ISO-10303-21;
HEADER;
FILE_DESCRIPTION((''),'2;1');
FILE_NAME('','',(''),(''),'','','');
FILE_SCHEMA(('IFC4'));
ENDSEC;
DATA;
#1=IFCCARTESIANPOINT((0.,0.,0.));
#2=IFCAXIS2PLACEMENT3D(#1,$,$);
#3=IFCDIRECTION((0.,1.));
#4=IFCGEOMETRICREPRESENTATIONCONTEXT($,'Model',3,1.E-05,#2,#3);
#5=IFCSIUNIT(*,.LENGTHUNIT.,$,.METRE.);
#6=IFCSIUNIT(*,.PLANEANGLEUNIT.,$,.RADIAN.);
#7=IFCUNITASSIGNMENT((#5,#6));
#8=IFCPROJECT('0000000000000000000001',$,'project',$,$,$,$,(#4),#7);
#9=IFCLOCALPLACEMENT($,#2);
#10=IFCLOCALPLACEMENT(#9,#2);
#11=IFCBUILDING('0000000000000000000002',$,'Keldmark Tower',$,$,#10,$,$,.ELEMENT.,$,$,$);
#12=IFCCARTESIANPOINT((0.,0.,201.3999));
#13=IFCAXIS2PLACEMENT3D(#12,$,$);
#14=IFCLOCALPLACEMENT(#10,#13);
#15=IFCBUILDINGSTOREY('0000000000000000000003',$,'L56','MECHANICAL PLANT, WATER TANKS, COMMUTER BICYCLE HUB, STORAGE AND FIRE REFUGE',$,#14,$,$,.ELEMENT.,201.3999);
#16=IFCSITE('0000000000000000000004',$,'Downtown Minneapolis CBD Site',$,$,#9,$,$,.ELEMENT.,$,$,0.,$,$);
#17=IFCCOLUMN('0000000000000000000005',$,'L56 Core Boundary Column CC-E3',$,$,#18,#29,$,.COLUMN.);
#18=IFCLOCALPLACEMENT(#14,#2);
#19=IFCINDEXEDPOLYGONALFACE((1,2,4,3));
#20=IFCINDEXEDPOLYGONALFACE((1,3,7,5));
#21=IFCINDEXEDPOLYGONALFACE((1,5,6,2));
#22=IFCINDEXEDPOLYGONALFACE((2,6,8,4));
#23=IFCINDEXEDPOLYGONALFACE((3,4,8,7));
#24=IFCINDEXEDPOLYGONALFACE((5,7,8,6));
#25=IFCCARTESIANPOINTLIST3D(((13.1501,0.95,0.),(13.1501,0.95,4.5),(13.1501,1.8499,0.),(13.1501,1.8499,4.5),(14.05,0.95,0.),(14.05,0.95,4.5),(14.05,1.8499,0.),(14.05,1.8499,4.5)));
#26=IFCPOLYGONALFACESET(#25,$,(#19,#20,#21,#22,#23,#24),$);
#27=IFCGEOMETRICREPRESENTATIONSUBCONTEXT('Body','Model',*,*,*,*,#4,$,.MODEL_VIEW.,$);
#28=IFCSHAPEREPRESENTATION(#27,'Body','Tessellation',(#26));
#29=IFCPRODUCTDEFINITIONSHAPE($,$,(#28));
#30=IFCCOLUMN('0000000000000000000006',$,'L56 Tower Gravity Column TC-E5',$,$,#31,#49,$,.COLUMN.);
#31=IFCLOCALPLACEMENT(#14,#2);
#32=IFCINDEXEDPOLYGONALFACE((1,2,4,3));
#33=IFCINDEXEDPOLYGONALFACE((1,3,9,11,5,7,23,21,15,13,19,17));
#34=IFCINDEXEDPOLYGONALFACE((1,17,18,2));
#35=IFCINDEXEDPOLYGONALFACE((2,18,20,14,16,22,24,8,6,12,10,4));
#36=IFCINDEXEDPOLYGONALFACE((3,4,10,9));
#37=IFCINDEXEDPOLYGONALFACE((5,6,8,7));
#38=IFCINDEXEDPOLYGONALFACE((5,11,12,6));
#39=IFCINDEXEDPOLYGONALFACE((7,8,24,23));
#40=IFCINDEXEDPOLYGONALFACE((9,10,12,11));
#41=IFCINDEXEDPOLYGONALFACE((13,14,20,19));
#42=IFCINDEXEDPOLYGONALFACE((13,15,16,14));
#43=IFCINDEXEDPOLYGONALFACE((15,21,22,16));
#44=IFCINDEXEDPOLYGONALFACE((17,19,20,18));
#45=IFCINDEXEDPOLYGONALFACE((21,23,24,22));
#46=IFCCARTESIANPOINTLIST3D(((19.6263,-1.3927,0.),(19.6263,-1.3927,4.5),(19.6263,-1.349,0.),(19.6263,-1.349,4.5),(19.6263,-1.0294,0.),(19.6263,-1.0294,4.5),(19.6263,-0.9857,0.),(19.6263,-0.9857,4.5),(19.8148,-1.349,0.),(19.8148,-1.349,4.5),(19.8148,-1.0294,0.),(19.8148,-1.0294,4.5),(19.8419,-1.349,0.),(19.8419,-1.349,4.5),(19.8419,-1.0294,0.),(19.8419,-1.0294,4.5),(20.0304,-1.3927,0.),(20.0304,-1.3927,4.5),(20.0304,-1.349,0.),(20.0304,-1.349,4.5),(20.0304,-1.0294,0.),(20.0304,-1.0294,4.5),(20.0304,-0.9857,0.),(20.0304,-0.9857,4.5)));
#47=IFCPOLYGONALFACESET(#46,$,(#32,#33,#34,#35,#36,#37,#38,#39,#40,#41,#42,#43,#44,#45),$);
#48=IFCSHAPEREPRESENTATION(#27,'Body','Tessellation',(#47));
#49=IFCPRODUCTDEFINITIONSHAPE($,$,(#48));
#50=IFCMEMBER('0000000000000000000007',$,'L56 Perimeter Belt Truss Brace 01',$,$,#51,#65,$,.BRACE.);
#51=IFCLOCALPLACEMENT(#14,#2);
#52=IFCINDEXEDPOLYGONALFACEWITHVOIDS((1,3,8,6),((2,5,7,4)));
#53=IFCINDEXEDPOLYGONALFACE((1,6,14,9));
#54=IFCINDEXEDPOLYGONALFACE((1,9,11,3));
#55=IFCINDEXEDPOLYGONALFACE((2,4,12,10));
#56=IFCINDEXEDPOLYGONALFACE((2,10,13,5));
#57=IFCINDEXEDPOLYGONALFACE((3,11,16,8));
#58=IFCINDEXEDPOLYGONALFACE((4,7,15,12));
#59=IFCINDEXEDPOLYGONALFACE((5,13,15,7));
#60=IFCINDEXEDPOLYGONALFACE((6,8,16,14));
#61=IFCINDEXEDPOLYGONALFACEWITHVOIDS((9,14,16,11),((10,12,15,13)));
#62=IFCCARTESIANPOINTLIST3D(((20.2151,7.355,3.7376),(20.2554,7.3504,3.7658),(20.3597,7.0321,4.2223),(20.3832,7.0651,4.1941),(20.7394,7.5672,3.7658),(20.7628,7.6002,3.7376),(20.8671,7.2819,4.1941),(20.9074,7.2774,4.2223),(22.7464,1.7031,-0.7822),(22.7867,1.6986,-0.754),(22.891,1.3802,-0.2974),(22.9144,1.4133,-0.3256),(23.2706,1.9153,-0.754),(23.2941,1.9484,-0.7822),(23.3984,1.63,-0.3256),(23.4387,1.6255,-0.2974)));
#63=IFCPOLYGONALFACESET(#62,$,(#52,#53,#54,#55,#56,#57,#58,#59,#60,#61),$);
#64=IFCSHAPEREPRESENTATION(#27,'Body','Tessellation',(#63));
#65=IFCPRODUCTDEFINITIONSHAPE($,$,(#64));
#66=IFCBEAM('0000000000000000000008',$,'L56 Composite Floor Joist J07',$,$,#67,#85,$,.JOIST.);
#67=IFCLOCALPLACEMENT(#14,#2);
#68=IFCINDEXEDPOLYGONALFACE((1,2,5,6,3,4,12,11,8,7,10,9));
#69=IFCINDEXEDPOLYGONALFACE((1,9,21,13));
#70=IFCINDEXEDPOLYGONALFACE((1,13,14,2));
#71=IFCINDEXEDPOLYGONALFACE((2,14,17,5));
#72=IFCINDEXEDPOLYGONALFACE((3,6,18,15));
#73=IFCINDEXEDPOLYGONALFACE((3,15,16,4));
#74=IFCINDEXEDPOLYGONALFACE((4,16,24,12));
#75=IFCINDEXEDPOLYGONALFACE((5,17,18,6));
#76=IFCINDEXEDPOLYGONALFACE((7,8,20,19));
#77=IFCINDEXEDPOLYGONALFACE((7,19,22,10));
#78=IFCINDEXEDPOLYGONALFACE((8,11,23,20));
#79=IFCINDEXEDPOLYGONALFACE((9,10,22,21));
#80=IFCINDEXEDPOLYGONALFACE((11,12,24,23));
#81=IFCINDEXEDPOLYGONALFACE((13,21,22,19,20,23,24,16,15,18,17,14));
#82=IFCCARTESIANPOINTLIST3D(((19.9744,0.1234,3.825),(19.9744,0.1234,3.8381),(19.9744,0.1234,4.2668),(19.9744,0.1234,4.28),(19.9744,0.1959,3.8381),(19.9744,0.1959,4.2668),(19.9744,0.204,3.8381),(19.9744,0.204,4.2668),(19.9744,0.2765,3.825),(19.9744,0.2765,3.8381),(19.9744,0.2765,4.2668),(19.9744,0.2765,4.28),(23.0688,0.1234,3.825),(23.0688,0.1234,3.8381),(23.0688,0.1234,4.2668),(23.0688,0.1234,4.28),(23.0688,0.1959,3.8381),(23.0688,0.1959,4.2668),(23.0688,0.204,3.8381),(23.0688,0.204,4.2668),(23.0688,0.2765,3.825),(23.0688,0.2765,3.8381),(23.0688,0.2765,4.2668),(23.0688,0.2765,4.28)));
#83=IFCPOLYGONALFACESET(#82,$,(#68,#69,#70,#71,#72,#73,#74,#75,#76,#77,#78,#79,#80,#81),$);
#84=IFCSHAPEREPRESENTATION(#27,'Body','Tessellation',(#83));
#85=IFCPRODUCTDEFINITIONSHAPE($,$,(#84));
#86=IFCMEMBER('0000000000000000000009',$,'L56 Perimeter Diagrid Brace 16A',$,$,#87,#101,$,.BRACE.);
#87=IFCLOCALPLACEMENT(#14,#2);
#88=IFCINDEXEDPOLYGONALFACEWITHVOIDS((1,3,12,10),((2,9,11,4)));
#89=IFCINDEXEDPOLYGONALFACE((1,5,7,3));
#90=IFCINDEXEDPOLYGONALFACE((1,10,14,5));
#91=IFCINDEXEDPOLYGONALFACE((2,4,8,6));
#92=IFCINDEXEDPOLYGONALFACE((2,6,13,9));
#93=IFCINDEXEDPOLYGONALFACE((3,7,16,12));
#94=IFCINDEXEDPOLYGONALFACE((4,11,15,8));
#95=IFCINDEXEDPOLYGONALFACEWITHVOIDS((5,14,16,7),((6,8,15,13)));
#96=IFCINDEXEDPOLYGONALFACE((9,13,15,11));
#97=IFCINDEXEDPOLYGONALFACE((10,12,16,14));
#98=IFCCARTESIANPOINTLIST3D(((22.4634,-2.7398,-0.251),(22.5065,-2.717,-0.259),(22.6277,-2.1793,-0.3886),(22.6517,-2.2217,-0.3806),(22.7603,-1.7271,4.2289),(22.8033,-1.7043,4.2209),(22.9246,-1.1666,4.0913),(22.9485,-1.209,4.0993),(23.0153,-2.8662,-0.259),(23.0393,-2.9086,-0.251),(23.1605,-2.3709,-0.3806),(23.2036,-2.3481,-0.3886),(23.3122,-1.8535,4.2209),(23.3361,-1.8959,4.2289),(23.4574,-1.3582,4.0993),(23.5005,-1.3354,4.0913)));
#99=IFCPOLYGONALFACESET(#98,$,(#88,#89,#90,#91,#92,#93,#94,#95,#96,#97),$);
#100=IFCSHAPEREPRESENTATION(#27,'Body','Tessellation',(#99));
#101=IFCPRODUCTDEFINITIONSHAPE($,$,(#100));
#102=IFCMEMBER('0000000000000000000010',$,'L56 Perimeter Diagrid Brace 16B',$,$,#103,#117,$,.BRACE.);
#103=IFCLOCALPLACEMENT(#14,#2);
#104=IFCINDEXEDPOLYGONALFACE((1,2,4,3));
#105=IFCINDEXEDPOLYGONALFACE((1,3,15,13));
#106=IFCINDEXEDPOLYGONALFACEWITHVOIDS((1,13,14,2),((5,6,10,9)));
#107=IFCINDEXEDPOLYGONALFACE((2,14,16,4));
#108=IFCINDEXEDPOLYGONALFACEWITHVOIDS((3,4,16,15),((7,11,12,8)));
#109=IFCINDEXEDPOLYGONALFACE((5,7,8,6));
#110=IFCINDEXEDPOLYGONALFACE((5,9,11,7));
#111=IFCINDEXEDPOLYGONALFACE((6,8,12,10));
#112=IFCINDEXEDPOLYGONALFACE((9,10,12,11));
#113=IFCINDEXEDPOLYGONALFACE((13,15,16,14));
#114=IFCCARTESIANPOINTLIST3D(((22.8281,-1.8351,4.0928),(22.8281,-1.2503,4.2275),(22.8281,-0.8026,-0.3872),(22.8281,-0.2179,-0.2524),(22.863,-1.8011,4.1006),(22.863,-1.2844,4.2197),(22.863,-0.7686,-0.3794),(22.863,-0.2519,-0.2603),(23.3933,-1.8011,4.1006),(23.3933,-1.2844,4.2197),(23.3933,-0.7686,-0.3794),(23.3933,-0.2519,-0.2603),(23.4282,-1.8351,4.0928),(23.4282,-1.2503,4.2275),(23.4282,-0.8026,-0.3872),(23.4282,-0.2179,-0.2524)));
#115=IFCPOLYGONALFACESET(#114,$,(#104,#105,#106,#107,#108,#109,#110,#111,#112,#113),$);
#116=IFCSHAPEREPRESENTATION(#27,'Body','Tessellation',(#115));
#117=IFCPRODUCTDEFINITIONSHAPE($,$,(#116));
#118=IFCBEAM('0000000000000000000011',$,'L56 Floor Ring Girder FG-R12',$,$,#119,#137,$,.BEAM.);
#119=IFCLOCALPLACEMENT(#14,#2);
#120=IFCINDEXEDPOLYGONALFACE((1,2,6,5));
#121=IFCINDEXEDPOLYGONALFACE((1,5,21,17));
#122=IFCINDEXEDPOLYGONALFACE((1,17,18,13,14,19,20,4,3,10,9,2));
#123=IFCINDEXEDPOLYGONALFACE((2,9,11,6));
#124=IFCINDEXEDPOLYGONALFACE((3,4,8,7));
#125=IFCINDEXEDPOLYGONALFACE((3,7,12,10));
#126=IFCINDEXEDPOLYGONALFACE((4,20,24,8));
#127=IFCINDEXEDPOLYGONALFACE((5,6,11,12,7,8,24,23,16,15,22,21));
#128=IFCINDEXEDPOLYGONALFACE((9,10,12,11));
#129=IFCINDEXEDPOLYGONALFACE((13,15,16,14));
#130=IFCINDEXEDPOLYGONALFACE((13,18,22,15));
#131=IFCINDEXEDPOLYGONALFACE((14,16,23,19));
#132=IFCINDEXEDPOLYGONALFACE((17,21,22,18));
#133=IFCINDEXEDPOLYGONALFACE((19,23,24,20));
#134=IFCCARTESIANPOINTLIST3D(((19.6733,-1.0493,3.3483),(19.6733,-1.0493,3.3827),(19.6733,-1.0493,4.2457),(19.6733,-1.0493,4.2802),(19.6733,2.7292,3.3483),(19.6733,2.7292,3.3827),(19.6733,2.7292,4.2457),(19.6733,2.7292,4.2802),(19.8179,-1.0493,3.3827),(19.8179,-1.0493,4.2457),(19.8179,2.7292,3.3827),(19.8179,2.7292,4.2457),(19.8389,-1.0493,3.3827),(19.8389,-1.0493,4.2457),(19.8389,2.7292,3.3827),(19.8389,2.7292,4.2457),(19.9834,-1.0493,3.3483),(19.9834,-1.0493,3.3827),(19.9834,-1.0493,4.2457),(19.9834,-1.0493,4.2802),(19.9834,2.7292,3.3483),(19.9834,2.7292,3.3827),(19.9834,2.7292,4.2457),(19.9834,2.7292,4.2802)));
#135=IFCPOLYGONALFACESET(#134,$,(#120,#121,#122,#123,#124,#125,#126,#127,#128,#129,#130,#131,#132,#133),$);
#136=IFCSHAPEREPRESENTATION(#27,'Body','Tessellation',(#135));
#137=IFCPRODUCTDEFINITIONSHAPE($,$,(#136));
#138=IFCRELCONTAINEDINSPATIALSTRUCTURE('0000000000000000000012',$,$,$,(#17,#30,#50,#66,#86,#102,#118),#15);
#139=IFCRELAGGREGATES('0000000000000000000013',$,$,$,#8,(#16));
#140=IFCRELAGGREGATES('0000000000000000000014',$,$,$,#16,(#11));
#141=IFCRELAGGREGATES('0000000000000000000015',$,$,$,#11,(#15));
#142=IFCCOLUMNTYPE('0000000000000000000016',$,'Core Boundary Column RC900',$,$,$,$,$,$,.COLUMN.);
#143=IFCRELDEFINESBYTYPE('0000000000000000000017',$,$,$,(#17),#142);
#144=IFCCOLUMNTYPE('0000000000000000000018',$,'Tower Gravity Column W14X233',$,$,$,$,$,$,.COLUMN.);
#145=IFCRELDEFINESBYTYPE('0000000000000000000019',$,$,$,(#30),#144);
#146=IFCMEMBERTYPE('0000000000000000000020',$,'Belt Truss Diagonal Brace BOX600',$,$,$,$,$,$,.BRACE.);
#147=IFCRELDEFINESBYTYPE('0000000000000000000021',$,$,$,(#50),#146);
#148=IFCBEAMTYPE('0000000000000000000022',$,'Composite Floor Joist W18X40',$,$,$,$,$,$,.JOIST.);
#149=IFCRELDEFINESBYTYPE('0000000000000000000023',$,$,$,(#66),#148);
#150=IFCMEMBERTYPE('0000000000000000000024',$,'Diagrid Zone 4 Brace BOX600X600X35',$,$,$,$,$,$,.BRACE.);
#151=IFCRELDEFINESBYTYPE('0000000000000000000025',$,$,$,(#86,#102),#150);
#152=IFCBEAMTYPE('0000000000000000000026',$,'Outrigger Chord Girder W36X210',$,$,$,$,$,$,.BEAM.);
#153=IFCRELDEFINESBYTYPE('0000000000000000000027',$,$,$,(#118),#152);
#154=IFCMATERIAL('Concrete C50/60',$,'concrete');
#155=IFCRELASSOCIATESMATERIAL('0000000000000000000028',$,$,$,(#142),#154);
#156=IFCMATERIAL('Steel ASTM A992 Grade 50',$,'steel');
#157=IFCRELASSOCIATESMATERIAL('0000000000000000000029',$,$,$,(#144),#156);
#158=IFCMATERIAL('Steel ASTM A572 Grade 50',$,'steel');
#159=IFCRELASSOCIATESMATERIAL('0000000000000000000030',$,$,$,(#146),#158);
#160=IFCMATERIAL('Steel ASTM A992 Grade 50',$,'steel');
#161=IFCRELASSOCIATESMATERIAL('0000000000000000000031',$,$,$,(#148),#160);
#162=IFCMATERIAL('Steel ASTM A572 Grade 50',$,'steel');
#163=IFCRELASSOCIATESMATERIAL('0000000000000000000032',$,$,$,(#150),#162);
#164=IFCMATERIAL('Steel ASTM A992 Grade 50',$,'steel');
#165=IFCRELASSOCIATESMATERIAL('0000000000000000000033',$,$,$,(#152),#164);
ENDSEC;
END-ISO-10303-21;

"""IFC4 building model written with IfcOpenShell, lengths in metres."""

from ifc_helpers import new_model, si_unit, direction, frame, origin, origin_2d, place, context, subcontext, project, spatial, rectangle, hollow_rectangle, i_section, extrude, material, material_profile, profile_set, type_object, element, save


model = new_model("IFC4")

# Units and contexts
model_context = context("Model", 3, precision=1e-05, world=origin(), true_north=direction((0.0, 1.0)))
body_context = subcontext(model_context, "Body", "Model", "MODEL_VIEW")
ifc_project = project(units=[si_unit("LENGTHUNIT", "METRE"), si_unit("PLANEANGLEUNIT", "RADIAN")], contexts=[model_context])

# Site, building, storey
site_placement = place(None, origin())
site = spatial("IfcSite", under=ifc_project, at=site_placement, Name="Downtown Minneapolis CBD Site", CompositionType="ELEMENT", RefElevation=0.0)
building_placement = place(site_placement, origin())
building = spatial("IfcBuilding", under=site, at=building_placement, Name="Keldmark Tower", CompositionType="ELEMENT")
storey_placement = place(building_placement, frame((0.0, 0.0, 201.3999)))
storey = spatial("IfcBuildingStorey", under=building, at=storey_placement, Name="L56", Description="MECHANICAL PLANT, WATER TANKS, COMMUTER BICYCLE HUB, STORAGE AND FIRE REFUGE", CompositionType="ELEMENT", Elevation=201.3999)

# Columns
ifc_material_1 = material(Name="Concrete C50/60", Category="concrete")
ifc_material_profile_1 = material_profile(ifc_material_1, rectangle(XDim=0.8999, YDim=0.8999, at=origin_2d()), Name="RC900X900")
ifc_profile_set_1 = profile_set([ifc_material_profile_1], Name="Concrete C50/60")
column_type_1 = type_object("IfcColumnType", Name="Core Boundary Column RC900", PredefinedType="COLUMN", material=ifc_profile_set_1)
column_1_placement = place(storey_placement, frame((13.6001, 1.3999, 0.0), z_axis=(0.0, 0.0, 1.0), x_axis=(1.0, 0.0, 0.0)))
element("IfcColumn", 1, at=column_1_placement, inside=storey, type_object=column_type_1, Name="L56 Core Boundary Column CC-E3", PredefinedType="COLUMN", context=body_context, shape_type="SweptSolid", body=[
    extrude(rectangle(XDim=0.8999, YDim=0.8999, at=origin_2d()), origin(), (0.0, 0.0, 1.0), 4.5),
])
ifc_material_2 = material(Name="Steel ASTM A992 Grade 50", Category="steel")
ifc_material_profile_2 = material_profile(ifc_material_2, i_section(OverallWidth=0.4041, OverallDepth=0.407, WebThickness=0.0271, FlangeThickness=0.0437, at=origin_2d()), Name="W14X233")
ifc_profile_set_2 = profile_set([ifc_material_profile_2], Name="Steel ASTM A992 Grade 50")
column_type_2 = type_object("IfcColumnType", Name="Tower Gravity Column W14X233", PredefinedType="COLUMN", material=ifc_profile_set_2)
column_2_placement = place(storey_placement, frame((19.8284, -1.1892, 0.0), z_axis=(0.0, 0.0, 1.0), x_axis=(1.0, 0.0, 0.0)))
element("IfcColumn", 2, at=column_2_placement, inside=storey, type_object=column_type_2, Name="L56 Tower Gravity Column TC-E5", PredefinedType="COLUMN", context=body_context, shape_type="SweptSolid", body=[
    extrude(i_section(OverallWidth=0.4041, OverallDepth=0.407, WebThickness=0.0271, FlangeThickness=0.0437, at=origin_2d()), origin(), (0.0, 0.0, 1.0), 4.5),
])

# Member
ifc_material_3 = material(Name="Steel ASTM A572 Grade 50", Category="steel")
ifc_material_profile_3 = material_profile(ifc_material_3, hollow_rectangle(XDim=0.6001, YDim=0.6001, WallThickness=0.0349, at=origin_2d()), Name="BOX600X600X35")
ifc_profile_set_3 = profile_set([ifc_material_profile_3], Name="Steel ASTM A572 Grade 50")
member_type_1 = type_object("IfcMemberType", Name="Belt Truss Diagonal Brace BOX600", PredefinedType="BRACE", material=ifc_profile_set_3)
member_1_placement = place(storey_placement, frame((23.0925, 1.6643, -0.5398), z_axis=(-0.330159, 0.73719, 0.589529), x_axis=(-0.91265, -0.408741, 0.0)))
element("IfcMember", 3, at=member_1_placement, inside=storey, type_object=member_type_1, Name="L56 Perimeter Belt Truss Brace 01", PredefinedType="BRACE", context=body_context, shape_type="SweptSolid", body=[
    extrude(hollow_rectangle(XDim=0.6001, YDim=0.6001, WallThickness=0.0349, at=origin_2d()), origin(), (0.0, 0.0, 1.0), 7.6667),
])

# Beam
ifc_material_4 = material(Name="Steel ASTM A992 Grade 50", Category="steel")
ifc_material_profile_4 = material_profile(ifc_material_4, i_section(OverallWidth=0.1531, OverallDepth=0.4551, WebThickness=0.0081, FlangeThickness=0.0132, at=origin_2d()), Name="W18X40")
ifc_profile_set_4 = profile_set([ifc_material_profile_4], Name="Steel ASTM A992 Grade 50")
beam_type_1 = type_object("IfcBeamType", Name="Composite Floor Joist W18X40", PredefinedType="JOIST", material=ifc_profile_set_4)
beam_1_placement = place(storey_placement, frame((19.9744, 0.2, 4.0525), z_axis=(1.0, 0.0, 0.0), x_axis=(0.0, 1.0, 0.0)))
element("IfcBeam", 4, at=beam_1_placement, inside=storey, type_object=beam_type_1, Name="L56 Composite Floor Joist J07", PredefinedType="JOIST", context=body_context, shape_type="SweptSolid", body=[
    extrude(i_section(OverallWidth=0.1531, OverallDepth=0.4551, WebThickness=0.0081, FlangeThickness=0.0132, at=origin_2d()), origin(), (0.0, 0.0, 1.0), 3.0945),
])

# Members
ifc_material_5 = material(Name="Steel ASTM A572 Grade 50", Category="steel")
ifc_material_profile_5 = material_profile(ifc_material_5, hollow_rectangle(XDim=0.6001, YDim=0.6001, WallThickness=0.0349, at=origin_2d()), Name="BOX600X600X35")
ifc_profile_set_5 = profile_set([ifc_material_profile_5], Name="Steel ASTM A572 Grade 50")
member_type_2 = type_object("IfcMemberType", Name="Diagrid Zone 4 Brace BOX600X600X35", PredefinedType="BRACE", material=ifc_profile_set_5)
member_2_placement = place(storey_placement, frame((22.8335, -2.5439, -0.3198), z_axis=(0.064502, 0.220027, 0.973359), x_axis=(-0.959616, 0.281315, 0.0)))
element("IfcMember", 5, at=member_2_placement, inside=storey, type_object=member_type_2, Name="L56 Perimeter Diagrid Brace 16A", PredefinedType="BRACE", context=body_context, shape_type="SweptSolid", body=[
    extrude(hollow_rectangle(XDim=0.6001, YDim=0.6001, WallThickness=0.0349, at=origin_2d()), origin(), (0.0, 0.0, 1.0), 4.6025),
])
member_3_placement = place(storey_placement, frame((23.1282, -0.5103, -0.3198), z_axis=(0.0, -0.224576, 0.974456), x_axis=(1.0, 0.0, 0.0)))
element("IfcMember", 6, at=member_3_placement, inside=storey, type_object=member_type_2, Name="L56 Perimeter Diagrid Brace 16B", PredefinedType="BRACE", context=body_context, shape_type="SweptSolid", body=[
    extrude(hollow_rectangle(XDim=0.6001, YDim=0.6001, WallThickness=0.0349, at=origin_2d()), origin(), (0.0, 0.0, 1.0), 4.5974),
])

# Beam
ifc_material_6 = material(Name="Steel ASTM A992 Grade 50", Category="steel")
ifc_material_profile_6 = material_profile(ifc_material_6, i_section(OverallWidth=0.3101, OverallDepth=0.9319, WebThickness=0.021, FlangeThickness=0.0344, at=origin_2d()), Name="W36X210")
ifc_profile_set_6 = profile_set([ifc_material_profile_6], Name="Steel ASTM A992 Grade 50")
beam_type_2 = type_object("IfcBeamType", Name="Outrigger Chord Girder W36X210", PredefinedType="BEAM", material=ifc_profile_set_6)
beam_2_placement = place(storey_placement, frame((19.8284, -1.0493, 3.8142), z_axis=(0.0, 1.0, 0.0), x_axis=(-1.0, 0.0, 0.0)))
element("IfcBeam", 7, at=beam_2_placement, inside=storey, type_object=beam_type_2, Name="L56 Floor Ring Girder FG-R12", PredefinedType="BEAM", context=body_context, shape_type="SweptSolid", body=[
    extrude(i_section(OverallWidth=0.3101, OverallDepth=0.9319, WebThickness=0.021, FlangeThickness=0.0344, at=origin_2d()), origin(), (0.0, 0.0, 1.0), 3.7786),
])

save(model, "model.ifc")
